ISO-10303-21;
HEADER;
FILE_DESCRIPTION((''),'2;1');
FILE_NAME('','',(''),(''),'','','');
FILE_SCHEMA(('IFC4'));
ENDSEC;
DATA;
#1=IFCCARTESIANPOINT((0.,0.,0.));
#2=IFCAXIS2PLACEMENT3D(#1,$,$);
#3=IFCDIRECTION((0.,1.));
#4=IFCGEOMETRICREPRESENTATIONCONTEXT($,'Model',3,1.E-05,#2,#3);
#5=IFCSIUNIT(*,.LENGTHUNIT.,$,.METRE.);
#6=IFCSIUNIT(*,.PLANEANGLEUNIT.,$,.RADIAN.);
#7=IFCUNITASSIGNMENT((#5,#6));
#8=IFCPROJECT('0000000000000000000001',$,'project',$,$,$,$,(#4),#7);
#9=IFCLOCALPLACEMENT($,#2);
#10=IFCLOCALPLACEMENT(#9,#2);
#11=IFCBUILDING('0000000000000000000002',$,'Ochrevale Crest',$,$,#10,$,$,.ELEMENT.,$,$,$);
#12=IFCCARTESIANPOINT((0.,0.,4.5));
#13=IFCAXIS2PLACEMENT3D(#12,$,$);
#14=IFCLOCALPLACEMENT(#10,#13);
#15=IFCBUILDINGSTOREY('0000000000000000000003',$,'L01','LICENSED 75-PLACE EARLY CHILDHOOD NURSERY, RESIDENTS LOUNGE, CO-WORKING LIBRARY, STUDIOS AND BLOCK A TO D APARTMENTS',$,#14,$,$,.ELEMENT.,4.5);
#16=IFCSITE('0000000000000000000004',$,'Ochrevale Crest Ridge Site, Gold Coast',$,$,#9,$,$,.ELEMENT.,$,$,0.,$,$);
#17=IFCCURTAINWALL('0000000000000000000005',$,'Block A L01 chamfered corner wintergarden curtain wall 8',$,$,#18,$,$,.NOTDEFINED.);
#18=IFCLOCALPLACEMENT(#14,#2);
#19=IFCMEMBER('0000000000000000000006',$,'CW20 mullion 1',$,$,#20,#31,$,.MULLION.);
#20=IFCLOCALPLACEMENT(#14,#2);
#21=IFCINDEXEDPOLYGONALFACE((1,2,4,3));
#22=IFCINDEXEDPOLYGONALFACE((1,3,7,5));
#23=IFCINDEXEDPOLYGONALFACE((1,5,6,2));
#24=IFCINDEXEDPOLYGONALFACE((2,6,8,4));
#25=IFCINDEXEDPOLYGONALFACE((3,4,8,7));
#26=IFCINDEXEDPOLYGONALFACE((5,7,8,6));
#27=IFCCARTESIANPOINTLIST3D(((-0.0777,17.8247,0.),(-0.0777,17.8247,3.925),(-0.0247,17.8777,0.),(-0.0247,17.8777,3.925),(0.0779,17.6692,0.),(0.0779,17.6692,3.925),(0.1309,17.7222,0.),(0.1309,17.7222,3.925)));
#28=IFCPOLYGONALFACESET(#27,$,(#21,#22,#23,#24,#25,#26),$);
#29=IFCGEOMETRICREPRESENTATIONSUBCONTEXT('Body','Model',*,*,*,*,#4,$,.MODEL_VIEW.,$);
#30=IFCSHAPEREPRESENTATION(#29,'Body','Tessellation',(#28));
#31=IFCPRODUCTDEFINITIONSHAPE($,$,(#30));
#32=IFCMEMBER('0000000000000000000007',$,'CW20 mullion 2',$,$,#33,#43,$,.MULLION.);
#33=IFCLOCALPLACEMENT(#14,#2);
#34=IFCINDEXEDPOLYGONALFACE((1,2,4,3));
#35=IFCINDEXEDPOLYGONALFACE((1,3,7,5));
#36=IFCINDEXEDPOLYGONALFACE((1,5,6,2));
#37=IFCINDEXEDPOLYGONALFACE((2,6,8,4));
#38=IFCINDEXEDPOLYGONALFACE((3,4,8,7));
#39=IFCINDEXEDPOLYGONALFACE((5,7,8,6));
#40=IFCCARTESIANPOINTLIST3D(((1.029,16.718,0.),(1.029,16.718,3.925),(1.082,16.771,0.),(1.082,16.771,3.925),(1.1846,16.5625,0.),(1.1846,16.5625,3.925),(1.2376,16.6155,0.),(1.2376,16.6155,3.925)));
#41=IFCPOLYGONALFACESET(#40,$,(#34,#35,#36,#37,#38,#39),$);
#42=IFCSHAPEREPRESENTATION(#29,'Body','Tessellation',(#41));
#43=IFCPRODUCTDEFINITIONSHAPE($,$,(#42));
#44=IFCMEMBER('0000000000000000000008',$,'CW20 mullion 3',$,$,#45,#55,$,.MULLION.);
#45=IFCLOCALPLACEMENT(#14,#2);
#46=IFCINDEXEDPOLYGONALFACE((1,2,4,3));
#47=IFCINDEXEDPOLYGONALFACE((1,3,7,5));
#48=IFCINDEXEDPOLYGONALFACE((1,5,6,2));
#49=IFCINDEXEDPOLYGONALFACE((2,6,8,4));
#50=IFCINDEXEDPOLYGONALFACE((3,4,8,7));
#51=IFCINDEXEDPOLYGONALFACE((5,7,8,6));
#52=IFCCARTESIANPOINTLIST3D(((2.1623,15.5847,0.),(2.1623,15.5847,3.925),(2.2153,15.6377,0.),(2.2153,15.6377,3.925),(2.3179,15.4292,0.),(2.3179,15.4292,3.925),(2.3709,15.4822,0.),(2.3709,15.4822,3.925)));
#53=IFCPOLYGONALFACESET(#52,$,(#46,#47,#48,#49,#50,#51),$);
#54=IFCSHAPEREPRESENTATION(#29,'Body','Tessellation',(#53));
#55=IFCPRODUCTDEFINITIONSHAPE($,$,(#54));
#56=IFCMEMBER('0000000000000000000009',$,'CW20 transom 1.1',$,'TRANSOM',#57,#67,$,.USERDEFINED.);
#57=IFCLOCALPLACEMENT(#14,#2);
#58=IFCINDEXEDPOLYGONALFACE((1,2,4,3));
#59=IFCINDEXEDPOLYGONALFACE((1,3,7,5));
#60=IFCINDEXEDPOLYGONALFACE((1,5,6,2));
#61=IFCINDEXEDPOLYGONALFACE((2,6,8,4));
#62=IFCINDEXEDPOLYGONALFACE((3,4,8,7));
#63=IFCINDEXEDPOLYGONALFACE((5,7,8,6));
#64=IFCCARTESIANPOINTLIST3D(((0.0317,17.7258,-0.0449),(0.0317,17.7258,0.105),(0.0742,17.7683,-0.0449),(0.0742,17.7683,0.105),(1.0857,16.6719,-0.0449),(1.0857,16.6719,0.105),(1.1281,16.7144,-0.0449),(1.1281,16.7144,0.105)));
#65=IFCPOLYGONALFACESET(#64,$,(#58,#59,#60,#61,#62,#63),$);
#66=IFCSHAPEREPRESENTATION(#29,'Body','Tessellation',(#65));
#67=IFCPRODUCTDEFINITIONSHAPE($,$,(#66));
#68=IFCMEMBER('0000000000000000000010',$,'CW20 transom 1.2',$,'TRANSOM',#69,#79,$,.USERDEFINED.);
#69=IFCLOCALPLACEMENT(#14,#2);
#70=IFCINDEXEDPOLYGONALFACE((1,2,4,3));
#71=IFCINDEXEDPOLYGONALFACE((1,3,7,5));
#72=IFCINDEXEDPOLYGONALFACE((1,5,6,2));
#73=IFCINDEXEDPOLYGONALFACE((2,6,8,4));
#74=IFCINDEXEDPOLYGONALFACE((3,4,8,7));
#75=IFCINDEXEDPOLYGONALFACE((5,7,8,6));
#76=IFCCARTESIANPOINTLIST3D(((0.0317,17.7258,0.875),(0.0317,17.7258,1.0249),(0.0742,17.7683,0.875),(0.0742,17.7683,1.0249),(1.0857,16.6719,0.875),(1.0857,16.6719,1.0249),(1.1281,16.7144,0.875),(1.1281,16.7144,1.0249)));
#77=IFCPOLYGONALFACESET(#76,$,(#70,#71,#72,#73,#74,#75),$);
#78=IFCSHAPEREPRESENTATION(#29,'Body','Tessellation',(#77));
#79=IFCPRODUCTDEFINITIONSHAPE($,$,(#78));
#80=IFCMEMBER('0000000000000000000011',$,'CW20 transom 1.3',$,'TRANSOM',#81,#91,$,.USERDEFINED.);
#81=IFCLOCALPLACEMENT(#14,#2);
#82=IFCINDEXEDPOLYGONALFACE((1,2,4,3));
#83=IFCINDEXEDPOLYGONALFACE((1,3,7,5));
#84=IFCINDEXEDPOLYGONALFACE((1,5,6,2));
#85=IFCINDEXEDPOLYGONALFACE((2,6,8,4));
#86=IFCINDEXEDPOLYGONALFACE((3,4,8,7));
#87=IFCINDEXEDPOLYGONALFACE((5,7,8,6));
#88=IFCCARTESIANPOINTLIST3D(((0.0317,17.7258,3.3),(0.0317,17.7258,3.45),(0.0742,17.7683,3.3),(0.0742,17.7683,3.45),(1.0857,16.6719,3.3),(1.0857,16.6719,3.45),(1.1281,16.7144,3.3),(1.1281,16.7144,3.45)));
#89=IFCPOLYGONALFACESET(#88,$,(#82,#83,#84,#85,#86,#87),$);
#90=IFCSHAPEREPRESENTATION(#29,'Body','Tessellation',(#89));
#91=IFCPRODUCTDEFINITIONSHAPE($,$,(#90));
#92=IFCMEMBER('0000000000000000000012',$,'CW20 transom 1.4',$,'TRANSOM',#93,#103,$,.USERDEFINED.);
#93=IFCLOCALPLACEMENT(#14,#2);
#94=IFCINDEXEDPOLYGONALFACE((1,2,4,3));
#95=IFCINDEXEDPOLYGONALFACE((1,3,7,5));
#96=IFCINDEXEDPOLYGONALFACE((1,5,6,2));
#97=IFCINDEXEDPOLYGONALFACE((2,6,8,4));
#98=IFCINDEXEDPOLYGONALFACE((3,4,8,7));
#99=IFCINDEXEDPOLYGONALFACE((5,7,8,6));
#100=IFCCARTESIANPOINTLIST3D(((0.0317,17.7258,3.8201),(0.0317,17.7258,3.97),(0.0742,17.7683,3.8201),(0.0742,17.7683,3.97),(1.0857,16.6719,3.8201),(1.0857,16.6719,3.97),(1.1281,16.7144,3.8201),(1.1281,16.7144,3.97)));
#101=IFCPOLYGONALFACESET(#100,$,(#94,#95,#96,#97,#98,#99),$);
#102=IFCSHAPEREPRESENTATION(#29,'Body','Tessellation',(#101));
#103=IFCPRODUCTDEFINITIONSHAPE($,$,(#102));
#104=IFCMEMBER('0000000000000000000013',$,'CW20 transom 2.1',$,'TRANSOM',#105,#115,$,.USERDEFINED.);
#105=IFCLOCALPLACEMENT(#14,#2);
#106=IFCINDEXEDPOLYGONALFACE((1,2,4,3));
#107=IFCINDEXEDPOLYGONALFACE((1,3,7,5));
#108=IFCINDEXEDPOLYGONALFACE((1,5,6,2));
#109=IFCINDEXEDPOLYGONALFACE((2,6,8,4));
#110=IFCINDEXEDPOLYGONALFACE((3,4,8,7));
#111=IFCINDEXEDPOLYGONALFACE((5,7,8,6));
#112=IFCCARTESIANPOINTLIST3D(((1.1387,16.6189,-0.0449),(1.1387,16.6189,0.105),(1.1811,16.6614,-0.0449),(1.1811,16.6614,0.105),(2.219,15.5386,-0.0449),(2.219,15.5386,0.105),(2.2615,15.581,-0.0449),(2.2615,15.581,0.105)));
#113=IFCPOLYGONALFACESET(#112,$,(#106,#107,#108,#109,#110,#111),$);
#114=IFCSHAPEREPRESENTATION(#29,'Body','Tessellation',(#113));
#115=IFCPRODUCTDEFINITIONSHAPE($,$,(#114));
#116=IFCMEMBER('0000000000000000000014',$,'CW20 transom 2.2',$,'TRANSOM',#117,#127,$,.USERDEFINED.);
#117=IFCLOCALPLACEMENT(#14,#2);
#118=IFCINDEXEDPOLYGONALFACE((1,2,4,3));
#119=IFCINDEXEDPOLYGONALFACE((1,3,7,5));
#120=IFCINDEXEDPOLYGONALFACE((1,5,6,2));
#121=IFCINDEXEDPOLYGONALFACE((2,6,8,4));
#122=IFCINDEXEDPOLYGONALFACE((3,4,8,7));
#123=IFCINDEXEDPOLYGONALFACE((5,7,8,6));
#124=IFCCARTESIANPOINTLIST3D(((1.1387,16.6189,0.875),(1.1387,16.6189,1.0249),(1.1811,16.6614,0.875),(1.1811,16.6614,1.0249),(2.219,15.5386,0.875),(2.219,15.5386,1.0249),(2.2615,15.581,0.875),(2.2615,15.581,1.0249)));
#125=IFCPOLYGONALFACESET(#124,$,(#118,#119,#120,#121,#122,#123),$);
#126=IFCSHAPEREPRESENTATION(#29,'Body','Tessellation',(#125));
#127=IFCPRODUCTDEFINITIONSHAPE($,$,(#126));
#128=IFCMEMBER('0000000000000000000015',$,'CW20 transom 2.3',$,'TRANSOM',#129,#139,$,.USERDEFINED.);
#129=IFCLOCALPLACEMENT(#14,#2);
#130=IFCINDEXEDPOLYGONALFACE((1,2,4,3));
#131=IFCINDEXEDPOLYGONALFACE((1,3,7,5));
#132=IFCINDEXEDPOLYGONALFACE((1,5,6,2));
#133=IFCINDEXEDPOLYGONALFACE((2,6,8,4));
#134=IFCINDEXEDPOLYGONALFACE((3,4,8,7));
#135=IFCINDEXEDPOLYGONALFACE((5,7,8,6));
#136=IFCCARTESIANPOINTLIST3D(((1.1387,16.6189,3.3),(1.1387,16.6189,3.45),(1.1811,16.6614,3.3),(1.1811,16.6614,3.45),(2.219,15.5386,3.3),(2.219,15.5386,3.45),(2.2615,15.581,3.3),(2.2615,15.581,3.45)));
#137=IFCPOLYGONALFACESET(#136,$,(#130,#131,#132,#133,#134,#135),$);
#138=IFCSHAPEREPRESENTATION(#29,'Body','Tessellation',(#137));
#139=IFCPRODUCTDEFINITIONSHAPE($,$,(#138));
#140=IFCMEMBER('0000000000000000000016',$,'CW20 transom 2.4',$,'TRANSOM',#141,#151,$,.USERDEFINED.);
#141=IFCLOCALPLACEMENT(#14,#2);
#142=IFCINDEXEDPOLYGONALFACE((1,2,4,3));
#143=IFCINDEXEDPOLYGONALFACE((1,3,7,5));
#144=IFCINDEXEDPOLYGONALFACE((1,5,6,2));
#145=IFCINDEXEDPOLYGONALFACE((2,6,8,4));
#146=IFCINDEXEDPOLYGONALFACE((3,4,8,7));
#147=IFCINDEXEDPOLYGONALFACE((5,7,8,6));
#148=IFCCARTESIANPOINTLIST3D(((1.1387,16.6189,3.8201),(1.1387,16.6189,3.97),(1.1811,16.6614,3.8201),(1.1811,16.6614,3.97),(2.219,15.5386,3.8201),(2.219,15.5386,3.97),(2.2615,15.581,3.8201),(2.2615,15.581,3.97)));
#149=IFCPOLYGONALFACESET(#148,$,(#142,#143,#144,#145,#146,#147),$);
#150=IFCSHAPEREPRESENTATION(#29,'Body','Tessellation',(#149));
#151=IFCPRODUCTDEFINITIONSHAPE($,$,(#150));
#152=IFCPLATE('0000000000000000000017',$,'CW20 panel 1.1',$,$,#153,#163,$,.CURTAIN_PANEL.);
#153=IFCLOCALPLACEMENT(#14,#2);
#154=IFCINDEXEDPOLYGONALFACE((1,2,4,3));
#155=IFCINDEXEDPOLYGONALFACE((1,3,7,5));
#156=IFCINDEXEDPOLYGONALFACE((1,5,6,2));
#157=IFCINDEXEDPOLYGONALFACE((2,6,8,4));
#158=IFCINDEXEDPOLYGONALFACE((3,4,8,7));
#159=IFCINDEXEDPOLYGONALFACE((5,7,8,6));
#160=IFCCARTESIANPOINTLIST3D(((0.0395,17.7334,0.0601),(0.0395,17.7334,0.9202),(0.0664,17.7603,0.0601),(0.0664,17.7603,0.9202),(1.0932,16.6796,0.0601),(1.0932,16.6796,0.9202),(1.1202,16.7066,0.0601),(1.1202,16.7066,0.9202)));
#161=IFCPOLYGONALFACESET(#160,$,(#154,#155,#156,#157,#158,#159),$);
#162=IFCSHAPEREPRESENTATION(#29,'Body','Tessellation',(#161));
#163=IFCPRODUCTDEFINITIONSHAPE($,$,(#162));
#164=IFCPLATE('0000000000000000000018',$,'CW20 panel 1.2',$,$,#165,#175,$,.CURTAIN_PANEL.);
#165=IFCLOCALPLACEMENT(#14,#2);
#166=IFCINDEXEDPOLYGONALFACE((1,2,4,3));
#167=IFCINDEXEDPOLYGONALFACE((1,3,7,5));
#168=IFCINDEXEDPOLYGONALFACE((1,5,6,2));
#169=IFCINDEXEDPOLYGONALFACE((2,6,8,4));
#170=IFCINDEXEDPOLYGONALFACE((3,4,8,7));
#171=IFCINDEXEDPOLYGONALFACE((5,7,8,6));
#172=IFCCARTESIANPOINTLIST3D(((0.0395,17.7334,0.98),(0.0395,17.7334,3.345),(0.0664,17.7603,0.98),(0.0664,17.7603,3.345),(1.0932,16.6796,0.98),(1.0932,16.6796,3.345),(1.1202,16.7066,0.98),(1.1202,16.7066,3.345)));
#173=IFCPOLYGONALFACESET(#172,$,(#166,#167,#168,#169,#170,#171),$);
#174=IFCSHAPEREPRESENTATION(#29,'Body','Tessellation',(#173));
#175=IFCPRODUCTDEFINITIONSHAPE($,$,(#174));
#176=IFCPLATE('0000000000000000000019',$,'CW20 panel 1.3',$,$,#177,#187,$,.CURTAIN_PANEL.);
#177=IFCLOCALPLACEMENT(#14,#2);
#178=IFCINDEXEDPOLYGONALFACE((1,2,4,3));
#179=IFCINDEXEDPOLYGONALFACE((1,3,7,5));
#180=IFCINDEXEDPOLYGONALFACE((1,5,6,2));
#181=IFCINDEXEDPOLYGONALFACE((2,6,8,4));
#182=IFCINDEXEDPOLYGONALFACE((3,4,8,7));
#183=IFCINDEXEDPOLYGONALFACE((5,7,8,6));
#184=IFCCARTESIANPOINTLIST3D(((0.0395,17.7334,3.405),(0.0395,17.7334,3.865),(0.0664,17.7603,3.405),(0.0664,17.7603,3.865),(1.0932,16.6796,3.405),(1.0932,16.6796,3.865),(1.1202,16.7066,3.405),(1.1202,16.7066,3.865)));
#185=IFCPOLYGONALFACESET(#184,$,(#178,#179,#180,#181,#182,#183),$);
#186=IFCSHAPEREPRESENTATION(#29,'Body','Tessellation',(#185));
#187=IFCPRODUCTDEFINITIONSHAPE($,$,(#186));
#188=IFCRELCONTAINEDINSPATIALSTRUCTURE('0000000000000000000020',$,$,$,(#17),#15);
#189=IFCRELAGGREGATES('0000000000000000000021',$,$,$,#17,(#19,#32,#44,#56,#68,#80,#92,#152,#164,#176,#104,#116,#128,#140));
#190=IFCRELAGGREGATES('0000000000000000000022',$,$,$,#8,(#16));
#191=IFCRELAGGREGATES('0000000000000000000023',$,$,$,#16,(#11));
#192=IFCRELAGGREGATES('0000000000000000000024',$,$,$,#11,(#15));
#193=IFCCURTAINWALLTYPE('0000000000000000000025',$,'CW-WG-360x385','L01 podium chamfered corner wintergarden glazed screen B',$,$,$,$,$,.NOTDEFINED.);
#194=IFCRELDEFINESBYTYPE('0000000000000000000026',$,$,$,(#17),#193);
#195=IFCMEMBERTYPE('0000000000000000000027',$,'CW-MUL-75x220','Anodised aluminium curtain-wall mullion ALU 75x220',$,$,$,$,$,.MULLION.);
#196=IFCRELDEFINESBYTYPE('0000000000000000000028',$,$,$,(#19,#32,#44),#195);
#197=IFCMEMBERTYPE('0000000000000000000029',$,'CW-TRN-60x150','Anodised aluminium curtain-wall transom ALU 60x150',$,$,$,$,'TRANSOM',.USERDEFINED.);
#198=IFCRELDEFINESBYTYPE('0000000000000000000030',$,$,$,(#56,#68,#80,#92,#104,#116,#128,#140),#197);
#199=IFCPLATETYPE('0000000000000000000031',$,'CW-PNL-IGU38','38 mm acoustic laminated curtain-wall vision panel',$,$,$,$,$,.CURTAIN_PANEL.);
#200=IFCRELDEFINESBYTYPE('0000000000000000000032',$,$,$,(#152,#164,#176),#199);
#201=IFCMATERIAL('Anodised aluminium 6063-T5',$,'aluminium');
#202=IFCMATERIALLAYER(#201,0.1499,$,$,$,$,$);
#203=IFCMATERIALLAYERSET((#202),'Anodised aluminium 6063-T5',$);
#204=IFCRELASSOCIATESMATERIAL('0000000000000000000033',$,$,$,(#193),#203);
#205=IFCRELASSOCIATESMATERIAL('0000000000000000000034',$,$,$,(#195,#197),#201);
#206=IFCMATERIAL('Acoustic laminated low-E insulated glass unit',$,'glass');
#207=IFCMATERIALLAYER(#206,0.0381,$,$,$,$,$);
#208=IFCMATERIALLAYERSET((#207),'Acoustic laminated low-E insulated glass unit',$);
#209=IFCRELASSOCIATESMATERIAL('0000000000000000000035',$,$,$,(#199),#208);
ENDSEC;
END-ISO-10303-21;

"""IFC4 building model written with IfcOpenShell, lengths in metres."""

from ifc_helpers import new_model, si_unit, direction, frame, origin, origin_2d, place, context, subcontext, project, spatial, rectangle, extrude, material, layer, layer_set, material_profile, profile_set, type_object, element, aggregate, save


model = new_model("IFC4")

# Units and contexts
model_context = context("Model", 3, precision=1e-05, world=origin(), true_north=direction((0.0, 1.0)))
body_context = subcontext(model_context, "Body", "Model", "MODEL_VIEW")
ifc_project = project(units=[si_unit("LENGTHUNIT", "METRE"), si_unit("PLANEANGLEUNIT", "RADIAN")], contexts=[model_context])

# Site, building, storey
site_placement = place(None, origin())
site = spatial("IfcSite", under=ifc_project, at=site_placement, Name="Ochrevale Crest Ridge Site, Gold Coast", CompositionType="ELEMENT", RefElevation=0.0)
building_placement = place(site_placement, origin())
building = spatial("IfcBuilding", under=site, at=building_placement, Name="Ochrevale Crest", CompositionType="ELEMENT")
storey_placement = place(building_placement, frame((0.0, 0.0, 4.5)))
storey = spatial("IfcBuildingStorey", under=building, at=storey_placement, Name="L01", Description="LICENSED 75-PLACE EARLY CHILDHOOD NURSERY, RESIDENTS LOUNGE, CO-WORKING LIBRARY, STUDIOS AND BLOCK A TO D APARTMENTS", CompositionType="ELEMENT", Elevation=4.5)

# Curtain wall, members, plates
ifc_material_1 = material(Name="Anodised aluminium 6063-T5", Category="aluminium")
ifc_layer_1 = layer(ifc_material_1, 0.1499)
ifc_layer_set_1 = layer_set([ifc_layer_1], Name="Anodised aluminium 6063-T5")
curtain_wall_type = type_object("IfcCurtainWallType", Name="CW-WG-360x385", Description="L01 podium chamfered corner wintergarden glazed screen B", PredefinedType="NOTDEFINED", material=ifc_layer_set_1)
curtain_wall_placement = place(storey_placement, origin())
curtain_wall = element("IfcCurtainWall", 1, at=curtain_wall_placement, inside=storey, type_object=curtain_wall_type, Name="Block A L01 chamfered corner wintergarden curtain wall 8", PredefinedType="NOTDEFINED")
ifc_material_profile_1 = material_profile(ifc_material_1, rectangle(XDim=0.075, YDim=0.22, at=origin_2d()), Name="ALU 75x220")
ifc_profile_set_1 = profile_set([ifc_material_profile_1], Name="Anodised aluminium 6063-T5")
member_type_1 = type_object("IfcMemberType", Name="CW-MUL-75x220", Description="Anodised aluminium curtain-wall mullion ALU 75x220", PredefinedType="MULLION", material=ifc_profile_set_1)
member_1_placement = place(storey_placement, frame((0.0266, 17.7734, 0.0), z_axis=(0.0, 0.0, 1.0), x_axis=(0.707107, 0.707107, 0.0)))
member_1 = element("IfcMember", 2, at=member_1_placement, type_object=member_type_1, Name="CW20 mullion 1", PredefinedType="MULLION", context=body_context, shape_type="SweptSolid", body=[
    extrude(rectangle(XDim=0.075, YDim=0.22, at=origin_2d()), origin(), (0.0, 0.0, 1.0), 3.925),
])
member_2_placement = place(storey_placement, frame((1.1333, 16.6667, 0.0), z_axis=(0.0, 0.0, 1.0), x_axis=(0.707107, 0.707107, 0.0)))
member_2 = element("IfcMember", 3, at=member_2_placement, type_object=member_type_1, Name="CW20 mullion 2", PredefinedType="MULLION", context=body_context, shape_type="SweptSolid", body=[
    extrude(rectangle(XDim=0.075, YDim=0.22, at=origin_2d()), origin(), (0.0, 0.0, 1.0), 3.925),
])
member_3_placement = place(storey_placement, frame((2.2666, 15.5334, 0.0), z_axis=(0.0, 0.0, 1.0), x_axis=(0.707107, 0.707107, 0.0)))
member_3 = element("IfcMember", 4, at=member_3_placement, type_object=member_type_1, Name="CW20 mullion 3", PredefinedType="MULLION", context=body_context, shape_type="SweptSolid", body=[
    extrude(rectangle(XDim=0.075, YDim=0.22, at=origin_2d()), origin(), (0.0, 0.0, 1.0), 3.925),
])
ifc_material_profile_2 = material_profile(ifc_material_1, rectangle(XDim=0.0601, YDim=0.1499, at=origin_2d()), Name="ALU 60x150")
ifc_profile_set_2 = profile_set([ifc_material_profile_2], Name="Anodised aluminium 6063-T5")
member_type_2 = type_object("IfcMemberType", Name="CW-TRN-60x150", Description="Anodised aluminium curtain-wall transom ALU 60x150", ElementType="TRANSOM", PredefinedType="USERDEFINED", material=ifc_profile_set_2)
member_4_placement = place(storey_placement, frame((0.053, 17.7471, 0.03), z_axis=(0.707107, -0.707107, 0.0), x_axis=(0.707107, 0.707107, 0.0)))
member_4 = element("IfcMember", 5, at=member_4_placement, type_object=member_type_2, Name="CW20 transom 1.1", ObjectType="TRANSOM", PredefinedType="USERDEFINED", context=body_context, shape_type="SweptSolid", body=[
    extrude(rectangle(XDim=0.0601, YDim=0.1499, at=origin_2d()), origin(), (0.0, 0.0, 1.0), 1.4905),
])
member_5_placement = place(storey_placement, frame((0.053, 17.7471, 0.95), z_axis=(0.707107, -0.707107, 0.0), x_axis=(0.707107, 0.707107, 0.0)))
member_5 = element("IfcMember", 6, at=member_5_placement, type_object=member_type_2, Name="CW20 transom 1.2", ObjectType="TRANSOM", PredefinedType="USERDEFINED", context=body_context, shape_type="SweptSolid", body=[
    extrude(rectangle(XDim=0.0601, YDim=0.1499, at=origin_2d()), origin(), (0.0, 0.0, 1.0), 1.4905),
])
member_6_placement = place(storey_placement, frame((0.053, 17.7471, 3.375), z_axis=(0.707107, -0.707107, 0.0), x_axis=(0.707107, 0.707107, 0.0)))
member_6 = element("IfcMember", 7, at=member_6_placement, type_object=member_type_2, Name="CW20 transom 1.3", ObjectType="TRANSOM", PredefinedType="USERDEFINED", context=body_context, shape_type="SweptSolid", body=[
    extrude(rectangle(XDim=0.0601, YDim=0.1499, at=origin_2d()), origin(), (0.0, 0.0, 1.0), 1.4905),
])
member_7_placement = place(storey_placement, frame((0.053, 17.7471, 3.895), z_axis=(0.707107, -0.707107, 0.0), x_axis=(0.707107, 0.707107, 0.0)))
member_7 = element("IfcMember", 8, at=member_7_placement, type_object=member_type_2, Name="CW20 transom 1.4", ObjectType="TRANSOM", PredefinedType="USERDEFINED", context=body_context, shape_type="SweptSolid", body=[
    extrude(rectangle(XDim=0.0601, YDim=0.1499, at=origin_2d()), origin(), (0.0, 0.0, 1.0), 1.4905),
])
member_8_placement = place(storey_placement, frame((1.1599, 16.6401, 0.03), z_axis=(0.707107, -0.707107, 0.0), x_axis=(0.707107, 0.707107, 0.0)))
member_8 = element("IfcMember", 9, at=member_8_placement, type_object=member_type_2, Name="CW20 transom 2.1", ObjectType="TRANSOM", PredefinedType="USERDEFINED", context=body_context, shape_type="SweptSolid", body=[
    extrude(rectangle(XDim=0.0601, YDim=0.1499, at=origin_2d()), origin(), (0.0, 0.0, 1.0), 1.5278),
])
member_9_placement = place(storey_placement, frame((1.1599, 16.6401, 0.95), z_axis=(0.707107, -0.707107, 0.0), x_axis=(0.707107, 0.707107, 0.0)))
member_9 = element("IfcMember", 10, at=member_9_placement, type_object=member_type_2, Name="CW20 transom 2.2", ObjectType="TRANSOM", PredefinedType="USERDEFINED", context=body_context, shape_type="SweptSolid", body=[
    extrude(rectangle(XDim=0.0601, YDim=0.1499, at=origin_2d()), origin(), (0.0, 0.0, 1.0), 1.5278),
])
member_10_placement = place(storey_placement, frame((1.1599, 16.6401, 3.375), z_axis=(0.707107, -0.707107, 0.0), x_axis=(0.707107, 0.707107, 0.0)))
member_10 = element("IfcMember", 11, at=member_10_placement, type_object=member_type_2, Name="CW20 transom 2.3", ObjectType="TRANSOM", PredefinedType="USERDEFINED", context=body_context, shape_type="SweptSolid", body=[
    extrude(rectangle(XDim=0.0601, YDim=0.1499, at=origin_2d()), origin(), (0.0, 0.0, 1.0), 1.5278),
])
member_11_placement = place(storey_placement, frame((1.1599, 16.6401, 3.895), z_axis=(0.707107, -0.707107, 0.0), x_axis=(0.707107, 0.707107, 0.0)))
member_11 = element("IfcMember", 12, at=member_11_placement, type_object=member_type_2, Name="CW20 transom 2.4", ObjectType="TRANSOM", PredefinedType="USERDEFINED", context=body_context, shape_type="SweptSolid", body=[
    extrude(rectangle(XDim=0.0601, YDim=0.1499, at=origin_2d()), origin(), (0.0, 0.0, 1.0), 1.5278),
])
ifc_material_2 = material(Name="Acoustic laminated low-E insulated glass unit", Category="glass")
ifc_layer_2 = layer(ifc_material_2, 0.0381)
ifc_layer_set_2 = layer_set([ifc_layer_2], Name="Acoustic laminated low-E insulated glass unit")
plate_type = type_object("IfcPlateType", Name="CW-PNL-IGU38", Description="38 mm acoustic laminated curtain-wall vision panel", PredefinedType="CURTAIN_PANEL", material=ifc_layer_set_2)
plate_1_placement = place(storey_placement, frame((0.5798, 17.22, 0.0601), z_axis=(0.0, 0.0, 1.0), x_axis=(0.707107, -0.707107, 0.0)))
plate_1 = element("IfcPlate", 13, at=plate_1_placement, type_object=plate_type, Name="CW20 panel 1.1", PredefinedType="CURTAIN_PANEL", context=body_context, shape_type="SweptSolid", body=[
    extrude(rectangle(XDim=1.4902, YDim=0.0381, at=origin_2d()), origin(), (0.0, 0.0, 1.0), 0.8601),
])
plate_2_placement = place(storey_placement, frame((0.5798, 17.22, 0.98), z_axis=(0.0, 0.0, 1.0), x_axis=(0.707107, -0.707107, 0.0)))
plate_2 = element("IfcPlate", 14, at=plate_2_placement, type_object=plate_type, Name="CW20 panel 1.2", PredefinedType="CURTAIN_PANEL", context=body_context, shape_type="SweptSolid", body=[
    extrude(rectangle(XDim=1.4902, YDim=0.0381, at=origin_2d()), origin(), (0.0, 0.0, 1.0), 2.365),
])
plate_3_placement = place(storey_placement, frame((0.5798, 17.22, 3.405), z_axis=(0.0, 0.0, 1.0), x_axis=(0.707107, -0.707107, 0.0)))
plate_3 = element("IfcPlate", 15, at=plate_3_placement, type_object=plate_type, Name="CW20 panel 1.3", PredefinedType="CURTAIN_PANEL", context=body_context, shape_type="SweptSolid", body=[
    extrude(rectangle(XDim=1.4902, YDim=0.0381, at=origin_2d()), origin(), (0.0, 0.0, 1.0), 0.46),
])
aggregate(curtain_wall, [member_1, member_2, member_3, member_4, member_5, member_6, member_7, plate_1, plate_2, plate_3, member_8, member_9, member_10, member_11])

save(model, "model.ifc")
